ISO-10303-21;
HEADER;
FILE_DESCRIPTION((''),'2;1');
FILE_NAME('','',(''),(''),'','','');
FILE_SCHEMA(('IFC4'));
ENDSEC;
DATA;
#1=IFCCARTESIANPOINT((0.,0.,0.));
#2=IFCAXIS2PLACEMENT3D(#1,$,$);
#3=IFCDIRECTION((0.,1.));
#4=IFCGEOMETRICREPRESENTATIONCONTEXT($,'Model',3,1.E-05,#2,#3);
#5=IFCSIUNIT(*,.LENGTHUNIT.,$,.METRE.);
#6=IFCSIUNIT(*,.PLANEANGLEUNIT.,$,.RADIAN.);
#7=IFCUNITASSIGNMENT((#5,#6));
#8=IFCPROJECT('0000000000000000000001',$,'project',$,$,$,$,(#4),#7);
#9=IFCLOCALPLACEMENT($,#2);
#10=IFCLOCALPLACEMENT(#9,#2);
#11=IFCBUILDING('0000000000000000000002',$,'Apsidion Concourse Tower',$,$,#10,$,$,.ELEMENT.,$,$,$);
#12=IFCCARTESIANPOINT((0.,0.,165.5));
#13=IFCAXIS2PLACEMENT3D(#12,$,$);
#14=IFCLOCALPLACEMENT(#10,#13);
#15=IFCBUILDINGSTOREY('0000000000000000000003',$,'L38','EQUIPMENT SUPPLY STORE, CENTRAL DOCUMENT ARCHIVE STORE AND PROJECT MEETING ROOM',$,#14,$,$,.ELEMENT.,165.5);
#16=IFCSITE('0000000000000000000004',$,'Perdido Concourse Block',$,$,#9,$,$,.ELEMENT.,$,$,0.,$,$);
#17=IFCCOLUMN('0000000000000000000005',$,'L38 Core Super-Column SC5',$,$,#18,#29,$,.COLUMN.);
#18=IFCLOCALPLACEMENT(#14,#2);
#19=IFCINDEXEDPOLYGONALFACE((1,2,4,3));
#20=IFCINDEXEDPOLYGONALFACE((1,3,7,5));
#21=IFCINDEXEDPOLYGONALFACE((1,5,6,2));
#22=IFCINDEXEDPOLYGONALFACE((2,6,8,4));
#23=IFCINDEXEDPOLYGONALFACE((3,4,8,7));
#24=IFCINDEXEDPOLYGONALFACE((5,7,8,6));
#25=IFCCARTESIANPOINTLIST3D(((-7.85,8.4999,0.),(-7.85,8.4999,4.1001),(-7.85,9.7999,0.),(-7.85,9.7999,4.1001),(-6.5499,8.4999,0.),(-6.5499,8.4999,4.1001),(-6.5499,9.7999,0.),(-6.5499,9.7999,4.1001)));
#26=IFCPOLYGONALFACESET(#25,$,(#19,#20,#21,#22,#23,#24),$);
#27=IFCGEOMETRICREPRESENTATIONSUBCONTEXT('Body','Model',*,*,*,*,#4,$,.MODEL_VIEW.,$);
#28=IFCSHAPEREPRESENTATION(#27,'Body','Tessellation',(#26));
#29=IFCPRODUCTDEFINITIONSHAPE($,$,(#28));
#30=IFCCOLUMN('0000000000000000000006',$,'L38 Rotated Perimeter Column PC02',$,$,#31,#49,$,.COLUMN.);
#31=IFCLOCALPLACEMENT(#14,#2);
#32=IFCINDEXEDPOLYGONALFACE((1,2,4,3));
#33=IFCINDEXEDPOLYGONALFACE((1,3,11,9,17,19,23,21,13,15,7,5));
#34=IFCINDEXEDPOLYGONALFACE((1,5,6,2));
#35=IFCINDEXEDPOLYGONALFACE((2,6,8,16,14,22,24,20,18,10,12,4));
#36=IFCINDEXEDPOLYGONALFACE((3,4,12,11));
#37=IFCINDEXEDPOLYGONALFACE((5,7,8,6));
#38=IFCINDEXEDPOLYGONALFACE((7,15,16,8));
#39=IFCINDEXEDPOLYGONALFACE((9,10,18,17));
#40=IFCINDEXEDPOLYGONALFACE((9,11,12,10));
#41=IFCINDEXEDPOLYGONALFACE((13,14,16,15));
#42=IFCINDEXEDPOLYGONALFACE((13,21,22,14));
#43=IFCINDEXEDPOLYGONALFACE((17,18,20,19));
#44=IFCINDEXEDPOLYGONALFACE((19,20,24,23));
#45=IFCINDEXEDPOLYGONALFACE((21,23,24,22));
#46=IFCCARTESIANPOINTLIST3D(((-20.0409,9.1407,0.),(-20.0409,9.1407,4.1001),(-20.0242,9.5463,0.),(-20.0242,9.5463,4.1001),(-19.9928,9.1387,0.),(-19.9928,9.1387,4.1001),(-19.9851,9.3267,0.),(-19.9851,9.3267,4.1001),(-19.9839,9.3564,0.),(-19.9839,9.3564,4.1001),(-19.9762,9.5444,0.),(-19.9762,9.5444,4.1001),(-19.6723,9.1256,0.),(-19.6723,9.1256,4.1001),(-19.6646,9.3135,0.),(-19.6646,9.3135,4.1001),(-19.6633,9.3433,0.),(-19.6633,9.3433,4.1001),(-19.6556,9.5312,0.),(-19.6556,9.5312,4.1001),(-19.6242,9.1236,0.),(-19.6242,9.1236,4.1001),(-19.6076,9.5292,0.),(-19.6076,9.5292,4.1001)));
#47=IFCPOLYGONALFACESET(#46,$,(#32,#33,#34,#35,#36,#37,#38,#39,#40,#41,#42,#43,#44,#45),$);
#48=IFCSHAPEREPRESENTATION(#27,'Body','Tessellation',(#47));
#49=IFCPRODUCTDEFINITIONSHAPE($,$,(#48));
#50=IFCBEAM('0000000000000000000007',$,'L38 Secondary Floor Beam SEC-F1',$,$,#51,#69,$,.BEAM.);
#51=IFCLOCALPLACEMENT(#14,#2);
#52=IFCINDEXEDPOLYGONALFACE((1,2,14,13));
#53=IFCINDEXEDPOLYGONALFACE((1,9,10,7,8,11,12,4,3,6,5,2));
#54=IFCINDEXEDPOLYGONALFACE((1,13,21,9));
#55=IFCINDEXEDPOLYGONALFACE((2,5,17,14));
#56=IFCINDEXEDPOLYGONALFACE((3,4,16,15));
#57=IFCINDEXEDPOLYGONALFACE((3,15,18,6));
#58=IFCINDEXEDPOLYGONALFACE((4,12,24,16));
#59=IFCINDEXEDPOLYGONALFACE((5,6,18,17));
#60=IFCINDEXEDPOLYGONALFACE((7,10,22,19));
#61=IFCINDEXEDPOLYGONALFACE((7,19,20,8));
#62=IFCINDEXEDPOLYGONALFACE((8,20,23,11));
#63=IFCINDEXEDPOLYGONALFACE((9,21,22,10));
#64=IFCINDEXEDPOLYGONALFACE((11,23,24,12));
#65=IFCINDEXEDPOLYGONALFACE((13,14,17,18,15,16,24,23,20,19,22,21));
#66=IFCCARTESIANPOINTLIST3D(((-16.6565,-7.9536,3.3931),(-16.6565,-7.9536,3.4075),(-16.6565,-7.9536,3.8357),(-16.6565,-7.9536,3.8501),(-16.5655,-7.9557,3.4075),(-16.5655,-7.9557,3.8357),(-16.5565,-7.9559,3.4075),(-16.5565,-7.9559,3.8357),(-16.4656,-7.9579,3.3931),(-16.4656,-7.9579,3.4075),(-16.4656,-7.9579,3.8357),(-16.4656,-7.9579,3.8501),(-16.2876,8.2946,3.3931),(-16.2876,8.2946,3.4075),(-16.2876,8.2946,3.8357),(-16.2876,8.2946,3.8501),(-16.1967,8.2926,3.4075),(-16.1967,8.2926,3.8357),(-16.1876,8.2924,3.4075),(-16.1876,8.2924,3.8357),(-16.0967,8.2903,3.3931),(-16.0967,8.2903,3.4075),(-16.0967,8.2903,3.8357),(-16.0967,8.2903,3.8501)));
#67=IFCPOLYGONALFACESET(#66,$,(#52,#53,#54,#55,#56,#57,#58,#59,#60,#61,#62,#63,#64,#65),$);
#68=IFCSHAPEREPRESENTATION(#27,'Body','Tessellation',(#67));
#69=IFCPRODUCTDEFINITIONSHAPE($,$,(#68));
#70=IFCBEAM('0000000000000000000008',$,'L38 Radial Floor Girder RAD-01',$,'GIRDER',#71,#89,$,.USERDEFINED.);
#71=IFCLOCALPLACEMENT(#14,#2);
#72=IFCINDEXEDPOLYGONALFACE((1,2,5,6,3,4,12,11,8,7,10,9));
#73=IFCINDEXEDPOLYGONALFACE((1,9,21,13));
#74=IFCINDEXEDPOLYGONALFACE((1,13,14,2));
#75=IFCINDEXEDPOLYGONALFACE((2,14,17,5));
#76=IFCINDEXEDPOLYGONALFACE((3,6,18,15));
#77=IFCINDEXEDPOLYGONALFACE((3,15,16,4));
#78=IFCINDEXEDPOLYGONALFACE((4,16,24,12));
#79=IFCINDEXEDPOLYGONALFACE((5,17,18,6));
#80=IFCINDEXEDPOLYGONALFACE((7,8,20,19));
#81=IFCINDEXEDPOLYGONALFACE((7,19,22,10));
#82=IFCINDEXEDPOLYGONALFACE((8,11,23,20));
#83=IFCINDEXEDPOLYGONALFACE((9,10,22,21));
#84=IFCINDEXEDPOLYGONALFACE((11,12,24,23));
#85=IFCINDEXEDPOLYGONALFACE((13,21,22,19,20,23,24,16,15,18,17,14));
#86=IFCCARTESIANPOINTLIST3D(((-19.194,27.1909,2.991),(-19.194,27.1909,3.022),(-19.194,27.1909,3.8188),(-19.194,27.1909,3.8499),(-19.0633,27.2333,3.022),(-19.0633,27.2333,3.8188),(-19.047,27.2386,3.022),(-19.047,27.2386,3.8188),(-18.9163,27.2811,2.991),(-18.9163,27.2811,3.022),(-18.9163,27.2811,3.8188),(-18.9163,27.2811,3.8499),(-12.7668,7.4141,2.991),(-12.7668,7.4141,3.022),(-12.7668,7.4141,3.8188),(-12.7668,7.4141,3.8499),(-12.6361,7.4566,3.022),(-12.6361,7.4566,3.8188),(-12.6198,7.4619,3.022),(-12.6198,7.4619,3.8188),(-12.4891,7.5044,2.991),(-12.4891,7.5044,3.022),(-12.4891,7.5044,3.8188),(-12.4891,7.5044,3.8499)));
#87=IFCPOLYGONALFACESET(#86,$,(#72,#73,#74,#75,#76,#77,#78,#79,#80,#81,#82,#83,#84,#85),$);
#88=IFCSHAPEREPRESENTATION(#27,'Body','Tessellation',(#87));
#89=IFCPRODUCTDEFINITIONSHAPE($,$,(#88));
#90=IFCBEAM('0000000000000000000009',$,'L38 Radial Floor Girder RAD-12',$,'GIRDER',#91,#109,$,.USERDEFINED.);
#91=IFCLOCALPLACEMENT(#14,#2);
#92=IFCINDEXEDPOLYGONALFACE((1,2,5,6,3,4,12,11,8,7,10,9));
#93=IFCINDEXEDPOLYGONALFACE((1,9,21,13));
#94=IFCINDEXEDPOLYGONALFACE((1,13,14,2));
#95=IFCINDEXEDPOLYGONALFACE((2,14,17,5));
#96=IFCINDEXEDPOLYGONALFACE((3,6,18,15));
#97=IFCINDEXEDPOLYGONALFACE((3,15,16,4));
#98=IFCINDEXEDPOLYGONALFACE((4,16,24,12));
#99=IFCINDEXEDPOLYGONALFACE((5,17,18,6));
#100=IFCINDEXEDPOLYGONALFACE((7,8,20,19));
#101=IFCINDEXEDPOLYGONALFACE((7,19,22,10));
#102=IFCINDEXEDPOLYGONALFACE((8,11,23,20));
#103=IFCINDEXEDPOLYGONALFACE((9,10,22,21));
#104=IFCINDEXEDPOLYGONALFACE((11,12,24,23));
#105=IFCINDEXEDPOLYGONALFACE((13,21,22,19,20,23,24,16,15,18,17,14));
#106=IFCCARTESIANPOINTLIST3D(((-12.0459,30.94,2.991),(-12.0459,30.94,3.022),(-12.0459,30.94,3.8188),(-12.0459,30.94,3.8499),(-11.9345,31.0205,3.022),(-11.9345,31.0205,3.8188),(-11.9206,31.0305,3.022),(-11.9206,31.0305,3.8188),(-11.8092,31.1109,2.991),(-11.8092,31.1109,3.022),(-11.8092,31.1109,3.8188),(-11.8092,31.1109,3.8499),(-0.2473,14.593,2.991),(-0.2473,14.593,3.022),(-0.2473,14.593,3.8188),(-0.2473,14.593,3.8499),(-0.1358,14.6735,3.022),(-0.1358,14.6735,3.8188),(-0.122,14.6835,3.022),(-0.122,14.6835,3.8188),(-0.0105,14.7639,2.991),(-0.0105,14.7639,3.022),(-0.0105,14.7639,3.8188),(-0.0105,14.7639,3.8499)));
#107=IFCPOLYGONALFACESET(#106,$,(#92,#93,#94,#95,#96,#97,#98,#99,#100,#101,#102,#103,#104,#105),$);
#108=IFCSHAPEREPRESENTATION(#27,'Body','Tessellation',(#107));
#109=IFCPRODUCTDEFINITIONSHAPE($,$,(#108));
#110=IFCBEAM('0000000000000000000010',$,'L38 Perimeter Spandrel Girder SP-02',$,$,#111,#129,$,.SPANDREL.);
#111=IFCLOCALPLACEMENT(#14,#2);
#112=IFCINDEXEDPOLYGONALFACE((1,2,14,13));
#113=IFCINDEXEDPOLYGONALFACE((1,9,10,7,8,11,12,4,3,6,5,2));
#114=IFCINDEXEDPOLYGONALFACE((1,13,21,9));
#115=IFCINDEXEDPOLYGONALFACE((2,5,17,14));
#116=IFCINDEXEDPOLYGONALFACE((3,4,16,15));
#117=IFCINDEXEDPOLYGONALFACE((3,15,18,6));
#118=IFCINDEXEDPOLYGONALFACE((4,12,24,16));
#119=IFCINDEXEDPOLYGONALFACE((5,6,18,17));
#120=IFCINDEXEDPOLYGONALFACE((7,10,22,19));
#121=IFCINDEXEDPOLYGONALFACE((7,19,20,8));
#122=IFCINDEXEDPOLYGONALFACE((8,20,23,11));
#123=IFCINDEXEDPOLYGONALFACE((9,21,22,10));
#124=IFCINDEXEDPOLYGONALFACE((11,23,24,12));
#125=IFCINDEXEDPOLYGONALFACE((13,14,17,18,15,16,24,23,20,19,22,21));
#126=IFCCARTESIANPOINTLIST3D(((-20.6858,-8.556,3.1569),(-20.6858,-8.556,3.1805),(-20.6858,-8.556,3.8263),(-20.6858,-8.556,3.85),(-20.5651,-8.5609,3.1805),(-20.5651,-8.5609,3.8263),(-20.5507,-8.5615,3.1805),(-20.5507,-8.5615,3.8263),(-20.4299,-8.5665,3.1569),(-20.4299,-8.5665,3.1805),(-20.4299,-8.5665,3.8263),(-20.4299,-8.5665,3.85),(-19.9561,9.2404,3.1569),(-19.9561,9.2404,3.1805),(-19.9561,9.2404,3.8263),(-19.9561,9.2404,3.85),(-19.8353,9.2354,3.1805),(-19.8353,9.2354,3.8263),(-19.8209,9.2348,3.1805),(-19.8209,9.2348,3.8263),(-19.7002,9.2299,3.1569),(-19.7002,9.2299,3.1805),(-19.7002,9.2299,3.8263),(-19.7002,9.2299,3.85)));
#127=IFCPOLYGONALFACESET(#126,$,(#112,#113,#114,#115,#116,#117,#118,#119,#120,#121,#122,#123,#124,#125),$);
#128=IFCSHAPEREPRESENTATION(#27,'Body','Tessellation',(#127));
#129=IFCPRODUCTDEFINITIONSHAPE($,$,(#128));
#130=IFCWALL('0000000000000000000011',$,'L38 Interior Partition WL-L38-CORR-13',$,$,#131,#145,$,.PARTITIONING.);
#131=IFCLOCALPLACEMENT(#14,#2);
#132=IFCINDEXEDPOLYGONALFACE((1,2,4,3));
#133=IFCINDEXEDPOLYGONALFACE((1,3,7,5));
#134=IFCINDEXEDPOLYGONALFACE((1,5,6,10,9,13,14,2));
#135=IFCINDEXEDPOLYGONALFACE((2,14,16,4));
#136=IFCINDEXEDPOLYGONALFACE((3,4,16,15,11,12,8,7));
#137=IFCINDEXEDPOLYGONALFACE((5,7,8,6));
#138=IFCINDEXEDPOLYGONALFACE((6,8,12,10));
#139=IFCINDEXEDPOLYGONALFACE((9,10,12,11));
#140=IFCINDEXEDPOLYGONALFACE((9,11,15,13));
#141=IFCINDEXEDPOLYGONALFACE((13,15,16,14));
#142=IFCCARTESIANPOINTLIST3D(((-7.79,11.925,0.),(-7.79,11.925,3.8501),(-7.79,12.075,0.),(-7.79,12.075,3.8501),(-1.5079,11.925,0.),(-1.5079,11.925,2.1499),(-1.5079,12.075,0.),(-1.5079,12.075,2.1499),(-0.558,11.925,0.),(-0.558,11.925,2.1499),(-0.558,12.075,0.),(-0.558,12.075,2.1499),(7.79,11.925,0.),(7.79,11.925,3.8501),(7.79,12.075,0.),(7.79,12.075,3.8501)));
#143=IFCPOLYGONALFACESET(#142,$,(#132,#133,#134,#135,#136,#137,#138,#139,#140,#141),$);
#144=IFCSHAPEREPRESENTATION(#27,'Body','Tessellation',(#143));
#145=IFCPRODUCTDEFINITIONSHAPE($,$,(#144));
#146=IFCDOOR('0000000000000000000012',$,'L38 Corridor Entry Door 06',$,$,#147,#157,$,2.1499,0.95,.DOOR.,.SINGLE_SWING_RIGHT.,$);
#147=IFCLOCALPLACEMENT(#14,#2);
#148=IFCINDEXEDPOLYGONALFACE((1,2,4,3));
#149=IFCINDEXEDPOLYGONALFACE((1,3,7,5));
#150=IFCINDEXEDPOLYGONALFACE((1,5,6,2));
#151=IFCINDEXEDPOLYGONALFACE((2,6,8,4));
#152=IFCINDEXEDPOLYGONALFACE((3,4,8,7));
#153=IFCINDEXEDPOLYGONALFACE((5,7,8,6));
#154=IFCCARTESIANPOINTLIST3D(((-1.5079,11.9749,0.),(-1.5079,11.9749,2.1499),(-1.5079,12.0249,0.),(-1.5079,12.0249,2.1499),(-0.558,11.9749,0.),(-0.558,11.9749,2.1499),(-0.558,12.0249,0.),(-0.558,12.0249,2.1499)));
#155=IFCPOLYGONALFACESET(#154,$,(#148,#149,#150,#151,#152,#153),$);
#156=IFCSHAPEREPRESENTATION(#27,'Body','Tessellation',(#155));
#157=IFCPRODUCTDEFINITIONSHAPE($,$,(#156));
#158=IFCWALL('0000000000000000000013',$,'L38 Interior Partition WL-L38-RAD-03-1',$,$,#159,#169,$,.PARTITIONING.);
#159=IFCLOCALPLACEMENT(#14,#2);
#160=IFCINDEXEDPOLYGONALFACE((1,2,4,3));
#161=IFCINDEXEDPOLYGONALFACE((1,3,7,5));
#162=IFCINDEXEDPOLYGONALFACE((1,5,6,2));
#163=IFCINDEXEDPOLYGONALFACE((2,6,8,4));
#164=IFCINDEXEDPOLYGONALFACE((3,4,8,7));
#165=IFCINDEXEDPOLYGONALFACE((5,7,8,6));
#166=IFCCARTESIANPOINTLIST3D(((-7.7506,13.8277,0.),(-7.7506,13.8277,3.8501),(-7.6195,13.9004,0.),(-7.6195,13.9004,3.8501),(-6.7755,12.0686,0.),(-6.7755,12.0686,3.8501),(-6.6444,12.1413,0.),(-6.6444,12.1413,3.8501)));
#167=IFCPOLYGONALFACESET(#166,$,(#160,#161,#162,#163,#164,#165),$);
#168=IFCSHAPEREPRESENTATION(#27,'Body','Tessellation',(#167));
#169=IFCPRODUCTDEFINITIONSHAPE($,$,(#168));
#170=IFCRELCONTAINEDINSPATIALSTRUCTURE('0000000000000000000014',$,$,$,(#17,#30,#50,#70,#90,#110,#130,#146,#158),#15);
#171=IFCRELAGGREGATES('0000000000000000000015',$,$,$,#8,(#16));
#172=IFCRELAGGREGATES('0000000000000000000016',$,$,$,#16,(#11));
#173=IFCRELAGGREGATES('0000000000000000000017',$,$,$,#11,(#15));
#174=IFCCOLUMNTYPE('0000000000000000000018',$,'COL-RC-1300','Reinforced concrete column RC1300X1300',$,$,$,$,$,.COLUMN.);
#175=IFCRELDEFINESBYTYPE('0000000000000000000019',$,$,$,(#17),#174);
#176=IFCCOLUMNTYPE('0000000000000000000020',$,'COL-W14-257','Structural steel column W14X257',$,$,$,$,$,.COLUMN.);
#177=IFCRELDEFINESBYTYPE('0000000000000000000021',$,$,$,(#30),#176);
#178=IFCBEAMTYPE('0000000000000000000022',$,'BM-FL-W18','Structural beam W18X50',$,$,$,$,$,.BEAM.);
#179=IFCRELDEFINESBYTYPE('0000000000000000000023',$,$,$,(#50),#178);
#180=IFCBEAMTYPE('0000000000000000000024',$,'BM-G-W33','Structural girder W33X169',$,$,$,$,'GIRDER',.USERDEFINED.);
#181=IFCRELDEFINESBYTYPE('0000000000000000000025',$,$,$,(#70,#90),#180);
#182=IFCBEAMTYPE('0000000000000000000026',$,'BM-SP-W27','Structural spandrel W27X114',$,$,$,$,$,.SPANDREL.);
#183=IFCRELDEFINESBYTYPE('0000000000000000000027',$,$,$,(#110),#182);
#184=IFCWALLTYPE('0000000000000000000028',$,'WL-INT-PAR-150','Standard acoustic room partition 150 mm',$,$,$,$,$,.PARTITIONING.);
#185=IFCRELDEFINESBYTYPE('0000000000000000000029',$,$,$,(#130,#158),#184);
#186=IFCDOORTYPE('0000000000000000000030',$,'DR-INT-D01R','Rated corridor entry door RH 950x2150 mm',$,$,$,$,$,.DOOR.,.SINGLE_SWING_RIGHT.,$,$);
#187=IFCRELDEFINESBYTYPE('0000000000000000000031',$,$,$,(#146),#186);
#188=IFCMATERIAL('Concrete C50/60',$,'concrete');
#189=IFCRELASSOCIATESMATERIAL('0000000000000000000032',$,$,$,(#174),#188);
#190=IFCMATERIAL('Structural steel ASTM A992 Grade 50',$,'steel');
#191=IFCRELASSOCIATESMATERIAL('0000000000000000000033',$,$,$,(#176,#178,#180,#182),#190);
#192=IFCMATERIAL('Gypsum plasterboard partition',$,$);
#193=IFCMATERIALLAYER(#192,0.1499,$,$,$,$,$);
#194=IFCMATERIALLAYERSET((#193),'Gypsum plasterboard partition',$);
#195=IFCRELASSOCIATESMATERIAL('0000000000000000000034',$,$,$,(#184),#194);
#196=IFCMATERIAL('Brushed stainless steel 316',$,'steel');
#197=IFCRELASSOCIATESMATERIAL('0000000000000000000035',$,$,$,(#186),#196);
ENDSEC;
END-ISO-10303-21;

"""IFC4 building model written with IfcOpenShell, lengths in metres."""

from ifc_helpers import new_model, si_unit, direction, frame, frame_2d, origin, origin_2d, place, context, subcontext, project, spatial, rectangle, i_section, extrude, material, layer, layer_set, material_profile, profile_set, type_object, element, fill, save


model = new_model("IFC4")

# Units and contexts
model_context = context("Model", 3, precision=1e-05, world=origin(), true_north=direction((0.0, 1.0)))
body_context = subcontext(model_context, "Body", "Model", "MODEL_VIEW")
ifc_project = project(units=[si_unit("LENGTHUNIT", "METRE"), si_unit("PLANEANGLEUNIT", "RADIAN")], contexts=[model_context])

# Site, building, storey
site_placement = place(None, origin())
site = spatial("IfcSite", under=ifc_project, at=site_placement, Name="Perdido Concourse Block", CompositionType="ELEMENT", RefElevation=0.0)
building_placement = place(site_placement, origin())
building = spatial("IfcBuilding", under=site, at=building_placement, Name="Apsidion Concourse Tower", CompositionType="ELEMENT")
storey_placement = place(building_placement, frame((0.0, 0.0, 165.5)))
storey = spatial("IfcBuildingStorey", under=building, at=storey_placement, Name="L38", Description="EQUIPMENT SUPPLY STORE, CENTRAL DOCUMENT ARCHIVE STORE AND PROJECT MEETING ROOM", CompositionType="ELEMENT", Elevation=165.5)

# Columns
ifc_material_1 = material(Name="Concrete C50/60", Category="concrete")
ifc_material_profile_1 = material_profile(ifc_material_1, rectangle(XDim=1.3, YDim=1.3, at=origin_2d()), Name="RC 1300x1300")
ifc_profile_set_1 = profile_set([ifc_material_profile_1], Name="Concrete C50/60")
column_type_1 = type_object("IfcColumnType", Name="COL-RC-1300", Description="Reinforced concrete column RC1300X1300", PredefinedType="COLUMN", material=ifc_profile_set_1)
column_1_placement = place(storey_placement, frame((-7.2, 9.1499, 0.0), z_axis=(0.0, 0.0, 1.0), x_axis=(1.0, 0.0, 0.0)))
element("IfcColumn", 1, at=column_1_placement, inside=storey, type_object=column_type_1, Name="L38 Core Super-Column SC5", PredefinedType="COLUMN", context=body_context, shape_type="SweptSolid", body=[
    extrude(rectangle(XDim=1.3, YDim=1.3, at=origin_2d()), origin(), (0.0, 0.0, 1.0), 4.1001),
])
ifc_material_2 = material(Name="Structural steel ASTM A992 Grade 50", Category="steel")
ifc_material_profile_2 = material_profile(ifc_material_2, i_section(OverallWidth=0.406, OverallDepth=0.417, WebThickness=0.0298, FlangeThickness=0.0481, at=origin_2d()), Name="W14X257")
ifc_profile_set_2 = profile_set([ifc_material_profile_2], Name="Structural steel ASTM A992 Grade 50")
column_type_2 = type_object("IfcColumnType", Name="COL-W14-257", Description="Structural steel column W14X257", PredefinedType="COLUMN", material=ifc_profile_set_2)
column_2_placement = place(storey_placement, frame((-19.8242, 9.335, 0.0), z_axis=(0.0, 0.0, 1.0), x_axis=(0.041004, 0.999159, 0.0)))
element("IfcColumn", 2, at=column_2_placement, inside=storey, type_object=column_type_2, Name="L38 Rotated Perimeter Column PC02", PredefinedType="COLUMN", context=body_context, shape_type="SweptSolid", body=[
    extrude(i_section(OverallWidth=0.406, OverallDepth=0.417, WebThickness=0.0298, FlangeThickness=0.0481, at=origin_2d()), origin(), (0.0, 0.0, 1.0), 4.1001),
])

# Beams
ifc_material_profile_3 = material_profile(ifc_material_2, i_section(OverallWidth=0.1909, OverallDepth=0.457, WebThickness=0.009, FlangeThickness=0.0144, at=origin_2d()), Name="W18X50")
ifc_profile_set_3 = profile_set([ifc_material_profile_3], Name="Structural steel ASTM A992 Grade 50")
beam_type_1 = type_object("IfcBeamType", Name="BM-FL-W18", Description="Structural beam W18X50", PredefinedType="BEAM", material=ifc_profile_set_3)
beam_1_placement = place(storey_placement, frame((-16.1921, 8.2925, 3.6216), z_axis=(-0.022698, -0.999742, 0.0), x_axis=(0.999742, -0.022698, 0.0)))
element("IfcBeam", 3, at=beam_1_placement, inside=storey, type_object=beam_type_1, Name="L38 Secondary Floor Beam SEC-F1", PredefinedType="BEAM", context=body_context, shape_type="SweptSolid", body=[
    extrude(i_section(OverallWidth=0.1909, OverallDepth=0.457, WebThickness=0.009, FlangeThickness=0.0144, at=origin_2d()), origin(), (0.0, 0.0, 1.0), 16.2524),
])
ifc_material_profile_4 = material_profile(ifc_material_2, i_section(OverallWidth=0.292, OverallDepth=0.8589, WebThickness=0.0171, FlangeThickness=0.031, at=origin_2d()), Name="W33X169")
ifc_profile_set_4 = profile_set([ifc_material_profile_4], Name="Structural steel ASTM A992 Grade 50")
beam_type_2 = type_object("IfcBeamType", Name="BM-G-W33", Description="Structural girder W33X169", ElementType="GIRDER", PredefinedType="USERDEFINED", material=ifc_profile_set_4)
beam_2_placement = place(storey_placement, frame((-12.6279, 7.4592, 3.4204), z_axis=(-0.309076, 0.951037, 0.0), x_axis=(-0.951037, -0.309076, 0.0)))
element("IfcBeam", 4, at=beam_2_placement, inside=storey, type_object=beam_type_2, Name="L38 Radial Floor Girder RAD-01", ObjectType="GIRDER", PredefinedType="USERDEFINED", context=body_context, shape_type="SweptSolid", body=[
    extrude(i_section(OverallWidth=0.292, OverallDepth=0.8589, WebThickness=0.0171, FlangeThickness=0.031, at=origin_2d()), origin(), (0.0, 0.0, 1.0), 20.7949),
])
beam_3_placement = place(storey_placement, frame((-0.1289, 14.6785, 3.4204), z_axis=(-0.585245, 0.810856, 0.0), x_axis=(-0.810856, -0.585245, 0.0)))
element("IfcBeam", 5, at=beam_3_placement, inside=storey, type_object=beam_type_2, Name="L38 Radial Floor Girder RAD-12", ObjectType="GIRDER", PredefinedType="USERDEFINED", context=body_context, shape_type="SweptSolid", body=[
    extrude(i_section(OverallWidth=0.292, OverallDepth=0.8589, WebThickness=0.0171, FlangeThickness=0.031, at=origin_2d()), origin(), (0.0, 0.0, 1.0), 20.1602),
])
ifc_material_profile_5 = material_profile(ifc_material_2, i_section(OverallWidth=0.2561, OverallDepth=0.6931, WebThickness=0.0144, FlangeThickness=0.0237, at=origin_2d()), Name="W27X114")
ifc_profile_set_5 = profile_set([ifc_material_profile_5], Name="Structural steel ASTM A992 Grade 50")
beam_type_3 = type_object("IfcBeamType", Name="BM-SP-W27", Description="Structural spandrel W27X114", PredefinedType="SPANDREL", material=ifc_profile_set_5)
beam_4_placement = place(storey_placement, frame((-19.8281, 9.2351, 3.5034), z_axis=(-0.04097, -0.99916, 0.0), x_axis=(0.99916, -0.04097, 0.0)))
element("IfcBeam", 6, at=beam_4_placement, inside=storey, type_object=beam_type_3, Name="L38 Perimeter Spandrel Girder SP-02", PredefinedType="SPANDREL", context=body_context, shape_type="SweptSolid", body=[
    extrude(i_section(OverallWidth=0.2561, OverallDepth=0.6931, WebThickness=0.0144, FlangeThickness=0.0237, at=origin_2d()), origin(), (0.0, 0.0, 1.0), 17.8113),
])

# Wall, opening, door
ifc_material_3 = material(Name="Gypsum plasterboard partition")
ifc_layer_1 = layer(ifc_material_3, 0.1499)
ifc_layer_set_1 = layer_set([ifc_layer_1], Name="Gypsum plasterboard partition")
wall_type_1 = type_object("IfcWallType", Name="WL-INT-PAR-150", Description="Standard acoustic room partition 150 mm", PredefinedType="PARTITIONING", material=ifc_layer_set_1)
wall_1_placement = place(storey_placement, frame((-7.79, 12.0, 0.0), z_axis=(0.0, 0.0, 1.0), x_axis=(1.0, 0.0, 0.0)))
wall_1 = element("IfcWall", 7, at=wall_1_placement, inside=storey, type_object=wall_type_1, Name="L38 Interior Partition WL-L38-CORR-13", PredefinedType="PARTITIONING", context=body_context, shape_type="SweptSolid", body=[
    extrude(rectangle(XDim=15.5801, YDim=0.1499, at=frame_2d((7.79, 0.0))), origin(), (0.0, 0.0, 1.0), 3.8501),
])
opening_1_placement = place(wall_1_placement, frame((6.282, 0.0, 0.0)))
opening_1 = element("IfcOpeningElement", 8, at=opening_1_placement, cuts=wall_1, PredefinedType="OPENING", context=body_context, shape_type="SweptSolid", body=[
    extrude(rectangle(XDim=0.95, YDim=2.1499, at=frame_2d((0.4751, 1.075))), frame((0.0, 0.085, 0.0), z_axis=(0.0, -1.0, 0.0), x_axis=(1.0, 0.0, 0.0)), (0.0, 0.0, 1.0), 0.1699),
])
ifc_material_4 = material(Name="Brushed stainless steel 316", Category="steel")
door_type_1 = type_object("IfcDoorType", Name="DR-INT-D01R", Description="Rated corridor entry door RH 950x2150 mm", OperationType="SINGLE_SWING_RIGHT", PredefinedType="DOOR", material=ifc_material_4)
door_1_placement = place(opening_1_placement, origin())
door_1 = element("IfcDoor", 9, at=door_1_placement, inside=storey, type_object=door_type_1, Name="L38 Corridor Entry Door 06", OperationType="SINGLE_SWING_RIGHT", OverallHeight=2.1499, OverallWidth=0.95, PredefinedType="DOOR", context=body_context, shape_type="SweptSolid", body=[
    extrude(rectangle(XDim=0.95, YDim=2.1499, at=frame_2d((0.4751, 1.075))), frame((0.0, 0.0249, 0.0), z_axis=(0.0, -1.0, 0.0), x_axis=(1.0, 0.0, 0.0)), (0.0, 0.0, 1.0), 0.05),
])
fill(opening_1, door_1)

# Wall
wall_2_placement = place(storey_placement, frame((-6.71, 12.105, 0.0), z_axis=(0.0, 0.0, 1.0), x_axis=(-0.484828, 0.874609, 0.0)))
element("IfcWall", 10, at=wall_2_placement, inside=storey, type_object=wall_type_1, Name="L38 Interior Partition WL-L38-RAD-03-1", PredefinedType="PARTITIONING", context=body_context, shape_type="SweptSolid", body=[
    extrude(rectangle(XDim=2.0112, YDim=0.1499, at=frame_2d((1.0056, 0.0))), origin(), (0.0, 0.0, 1.0), 3.8501),
])

save(model, "model.ifc")
